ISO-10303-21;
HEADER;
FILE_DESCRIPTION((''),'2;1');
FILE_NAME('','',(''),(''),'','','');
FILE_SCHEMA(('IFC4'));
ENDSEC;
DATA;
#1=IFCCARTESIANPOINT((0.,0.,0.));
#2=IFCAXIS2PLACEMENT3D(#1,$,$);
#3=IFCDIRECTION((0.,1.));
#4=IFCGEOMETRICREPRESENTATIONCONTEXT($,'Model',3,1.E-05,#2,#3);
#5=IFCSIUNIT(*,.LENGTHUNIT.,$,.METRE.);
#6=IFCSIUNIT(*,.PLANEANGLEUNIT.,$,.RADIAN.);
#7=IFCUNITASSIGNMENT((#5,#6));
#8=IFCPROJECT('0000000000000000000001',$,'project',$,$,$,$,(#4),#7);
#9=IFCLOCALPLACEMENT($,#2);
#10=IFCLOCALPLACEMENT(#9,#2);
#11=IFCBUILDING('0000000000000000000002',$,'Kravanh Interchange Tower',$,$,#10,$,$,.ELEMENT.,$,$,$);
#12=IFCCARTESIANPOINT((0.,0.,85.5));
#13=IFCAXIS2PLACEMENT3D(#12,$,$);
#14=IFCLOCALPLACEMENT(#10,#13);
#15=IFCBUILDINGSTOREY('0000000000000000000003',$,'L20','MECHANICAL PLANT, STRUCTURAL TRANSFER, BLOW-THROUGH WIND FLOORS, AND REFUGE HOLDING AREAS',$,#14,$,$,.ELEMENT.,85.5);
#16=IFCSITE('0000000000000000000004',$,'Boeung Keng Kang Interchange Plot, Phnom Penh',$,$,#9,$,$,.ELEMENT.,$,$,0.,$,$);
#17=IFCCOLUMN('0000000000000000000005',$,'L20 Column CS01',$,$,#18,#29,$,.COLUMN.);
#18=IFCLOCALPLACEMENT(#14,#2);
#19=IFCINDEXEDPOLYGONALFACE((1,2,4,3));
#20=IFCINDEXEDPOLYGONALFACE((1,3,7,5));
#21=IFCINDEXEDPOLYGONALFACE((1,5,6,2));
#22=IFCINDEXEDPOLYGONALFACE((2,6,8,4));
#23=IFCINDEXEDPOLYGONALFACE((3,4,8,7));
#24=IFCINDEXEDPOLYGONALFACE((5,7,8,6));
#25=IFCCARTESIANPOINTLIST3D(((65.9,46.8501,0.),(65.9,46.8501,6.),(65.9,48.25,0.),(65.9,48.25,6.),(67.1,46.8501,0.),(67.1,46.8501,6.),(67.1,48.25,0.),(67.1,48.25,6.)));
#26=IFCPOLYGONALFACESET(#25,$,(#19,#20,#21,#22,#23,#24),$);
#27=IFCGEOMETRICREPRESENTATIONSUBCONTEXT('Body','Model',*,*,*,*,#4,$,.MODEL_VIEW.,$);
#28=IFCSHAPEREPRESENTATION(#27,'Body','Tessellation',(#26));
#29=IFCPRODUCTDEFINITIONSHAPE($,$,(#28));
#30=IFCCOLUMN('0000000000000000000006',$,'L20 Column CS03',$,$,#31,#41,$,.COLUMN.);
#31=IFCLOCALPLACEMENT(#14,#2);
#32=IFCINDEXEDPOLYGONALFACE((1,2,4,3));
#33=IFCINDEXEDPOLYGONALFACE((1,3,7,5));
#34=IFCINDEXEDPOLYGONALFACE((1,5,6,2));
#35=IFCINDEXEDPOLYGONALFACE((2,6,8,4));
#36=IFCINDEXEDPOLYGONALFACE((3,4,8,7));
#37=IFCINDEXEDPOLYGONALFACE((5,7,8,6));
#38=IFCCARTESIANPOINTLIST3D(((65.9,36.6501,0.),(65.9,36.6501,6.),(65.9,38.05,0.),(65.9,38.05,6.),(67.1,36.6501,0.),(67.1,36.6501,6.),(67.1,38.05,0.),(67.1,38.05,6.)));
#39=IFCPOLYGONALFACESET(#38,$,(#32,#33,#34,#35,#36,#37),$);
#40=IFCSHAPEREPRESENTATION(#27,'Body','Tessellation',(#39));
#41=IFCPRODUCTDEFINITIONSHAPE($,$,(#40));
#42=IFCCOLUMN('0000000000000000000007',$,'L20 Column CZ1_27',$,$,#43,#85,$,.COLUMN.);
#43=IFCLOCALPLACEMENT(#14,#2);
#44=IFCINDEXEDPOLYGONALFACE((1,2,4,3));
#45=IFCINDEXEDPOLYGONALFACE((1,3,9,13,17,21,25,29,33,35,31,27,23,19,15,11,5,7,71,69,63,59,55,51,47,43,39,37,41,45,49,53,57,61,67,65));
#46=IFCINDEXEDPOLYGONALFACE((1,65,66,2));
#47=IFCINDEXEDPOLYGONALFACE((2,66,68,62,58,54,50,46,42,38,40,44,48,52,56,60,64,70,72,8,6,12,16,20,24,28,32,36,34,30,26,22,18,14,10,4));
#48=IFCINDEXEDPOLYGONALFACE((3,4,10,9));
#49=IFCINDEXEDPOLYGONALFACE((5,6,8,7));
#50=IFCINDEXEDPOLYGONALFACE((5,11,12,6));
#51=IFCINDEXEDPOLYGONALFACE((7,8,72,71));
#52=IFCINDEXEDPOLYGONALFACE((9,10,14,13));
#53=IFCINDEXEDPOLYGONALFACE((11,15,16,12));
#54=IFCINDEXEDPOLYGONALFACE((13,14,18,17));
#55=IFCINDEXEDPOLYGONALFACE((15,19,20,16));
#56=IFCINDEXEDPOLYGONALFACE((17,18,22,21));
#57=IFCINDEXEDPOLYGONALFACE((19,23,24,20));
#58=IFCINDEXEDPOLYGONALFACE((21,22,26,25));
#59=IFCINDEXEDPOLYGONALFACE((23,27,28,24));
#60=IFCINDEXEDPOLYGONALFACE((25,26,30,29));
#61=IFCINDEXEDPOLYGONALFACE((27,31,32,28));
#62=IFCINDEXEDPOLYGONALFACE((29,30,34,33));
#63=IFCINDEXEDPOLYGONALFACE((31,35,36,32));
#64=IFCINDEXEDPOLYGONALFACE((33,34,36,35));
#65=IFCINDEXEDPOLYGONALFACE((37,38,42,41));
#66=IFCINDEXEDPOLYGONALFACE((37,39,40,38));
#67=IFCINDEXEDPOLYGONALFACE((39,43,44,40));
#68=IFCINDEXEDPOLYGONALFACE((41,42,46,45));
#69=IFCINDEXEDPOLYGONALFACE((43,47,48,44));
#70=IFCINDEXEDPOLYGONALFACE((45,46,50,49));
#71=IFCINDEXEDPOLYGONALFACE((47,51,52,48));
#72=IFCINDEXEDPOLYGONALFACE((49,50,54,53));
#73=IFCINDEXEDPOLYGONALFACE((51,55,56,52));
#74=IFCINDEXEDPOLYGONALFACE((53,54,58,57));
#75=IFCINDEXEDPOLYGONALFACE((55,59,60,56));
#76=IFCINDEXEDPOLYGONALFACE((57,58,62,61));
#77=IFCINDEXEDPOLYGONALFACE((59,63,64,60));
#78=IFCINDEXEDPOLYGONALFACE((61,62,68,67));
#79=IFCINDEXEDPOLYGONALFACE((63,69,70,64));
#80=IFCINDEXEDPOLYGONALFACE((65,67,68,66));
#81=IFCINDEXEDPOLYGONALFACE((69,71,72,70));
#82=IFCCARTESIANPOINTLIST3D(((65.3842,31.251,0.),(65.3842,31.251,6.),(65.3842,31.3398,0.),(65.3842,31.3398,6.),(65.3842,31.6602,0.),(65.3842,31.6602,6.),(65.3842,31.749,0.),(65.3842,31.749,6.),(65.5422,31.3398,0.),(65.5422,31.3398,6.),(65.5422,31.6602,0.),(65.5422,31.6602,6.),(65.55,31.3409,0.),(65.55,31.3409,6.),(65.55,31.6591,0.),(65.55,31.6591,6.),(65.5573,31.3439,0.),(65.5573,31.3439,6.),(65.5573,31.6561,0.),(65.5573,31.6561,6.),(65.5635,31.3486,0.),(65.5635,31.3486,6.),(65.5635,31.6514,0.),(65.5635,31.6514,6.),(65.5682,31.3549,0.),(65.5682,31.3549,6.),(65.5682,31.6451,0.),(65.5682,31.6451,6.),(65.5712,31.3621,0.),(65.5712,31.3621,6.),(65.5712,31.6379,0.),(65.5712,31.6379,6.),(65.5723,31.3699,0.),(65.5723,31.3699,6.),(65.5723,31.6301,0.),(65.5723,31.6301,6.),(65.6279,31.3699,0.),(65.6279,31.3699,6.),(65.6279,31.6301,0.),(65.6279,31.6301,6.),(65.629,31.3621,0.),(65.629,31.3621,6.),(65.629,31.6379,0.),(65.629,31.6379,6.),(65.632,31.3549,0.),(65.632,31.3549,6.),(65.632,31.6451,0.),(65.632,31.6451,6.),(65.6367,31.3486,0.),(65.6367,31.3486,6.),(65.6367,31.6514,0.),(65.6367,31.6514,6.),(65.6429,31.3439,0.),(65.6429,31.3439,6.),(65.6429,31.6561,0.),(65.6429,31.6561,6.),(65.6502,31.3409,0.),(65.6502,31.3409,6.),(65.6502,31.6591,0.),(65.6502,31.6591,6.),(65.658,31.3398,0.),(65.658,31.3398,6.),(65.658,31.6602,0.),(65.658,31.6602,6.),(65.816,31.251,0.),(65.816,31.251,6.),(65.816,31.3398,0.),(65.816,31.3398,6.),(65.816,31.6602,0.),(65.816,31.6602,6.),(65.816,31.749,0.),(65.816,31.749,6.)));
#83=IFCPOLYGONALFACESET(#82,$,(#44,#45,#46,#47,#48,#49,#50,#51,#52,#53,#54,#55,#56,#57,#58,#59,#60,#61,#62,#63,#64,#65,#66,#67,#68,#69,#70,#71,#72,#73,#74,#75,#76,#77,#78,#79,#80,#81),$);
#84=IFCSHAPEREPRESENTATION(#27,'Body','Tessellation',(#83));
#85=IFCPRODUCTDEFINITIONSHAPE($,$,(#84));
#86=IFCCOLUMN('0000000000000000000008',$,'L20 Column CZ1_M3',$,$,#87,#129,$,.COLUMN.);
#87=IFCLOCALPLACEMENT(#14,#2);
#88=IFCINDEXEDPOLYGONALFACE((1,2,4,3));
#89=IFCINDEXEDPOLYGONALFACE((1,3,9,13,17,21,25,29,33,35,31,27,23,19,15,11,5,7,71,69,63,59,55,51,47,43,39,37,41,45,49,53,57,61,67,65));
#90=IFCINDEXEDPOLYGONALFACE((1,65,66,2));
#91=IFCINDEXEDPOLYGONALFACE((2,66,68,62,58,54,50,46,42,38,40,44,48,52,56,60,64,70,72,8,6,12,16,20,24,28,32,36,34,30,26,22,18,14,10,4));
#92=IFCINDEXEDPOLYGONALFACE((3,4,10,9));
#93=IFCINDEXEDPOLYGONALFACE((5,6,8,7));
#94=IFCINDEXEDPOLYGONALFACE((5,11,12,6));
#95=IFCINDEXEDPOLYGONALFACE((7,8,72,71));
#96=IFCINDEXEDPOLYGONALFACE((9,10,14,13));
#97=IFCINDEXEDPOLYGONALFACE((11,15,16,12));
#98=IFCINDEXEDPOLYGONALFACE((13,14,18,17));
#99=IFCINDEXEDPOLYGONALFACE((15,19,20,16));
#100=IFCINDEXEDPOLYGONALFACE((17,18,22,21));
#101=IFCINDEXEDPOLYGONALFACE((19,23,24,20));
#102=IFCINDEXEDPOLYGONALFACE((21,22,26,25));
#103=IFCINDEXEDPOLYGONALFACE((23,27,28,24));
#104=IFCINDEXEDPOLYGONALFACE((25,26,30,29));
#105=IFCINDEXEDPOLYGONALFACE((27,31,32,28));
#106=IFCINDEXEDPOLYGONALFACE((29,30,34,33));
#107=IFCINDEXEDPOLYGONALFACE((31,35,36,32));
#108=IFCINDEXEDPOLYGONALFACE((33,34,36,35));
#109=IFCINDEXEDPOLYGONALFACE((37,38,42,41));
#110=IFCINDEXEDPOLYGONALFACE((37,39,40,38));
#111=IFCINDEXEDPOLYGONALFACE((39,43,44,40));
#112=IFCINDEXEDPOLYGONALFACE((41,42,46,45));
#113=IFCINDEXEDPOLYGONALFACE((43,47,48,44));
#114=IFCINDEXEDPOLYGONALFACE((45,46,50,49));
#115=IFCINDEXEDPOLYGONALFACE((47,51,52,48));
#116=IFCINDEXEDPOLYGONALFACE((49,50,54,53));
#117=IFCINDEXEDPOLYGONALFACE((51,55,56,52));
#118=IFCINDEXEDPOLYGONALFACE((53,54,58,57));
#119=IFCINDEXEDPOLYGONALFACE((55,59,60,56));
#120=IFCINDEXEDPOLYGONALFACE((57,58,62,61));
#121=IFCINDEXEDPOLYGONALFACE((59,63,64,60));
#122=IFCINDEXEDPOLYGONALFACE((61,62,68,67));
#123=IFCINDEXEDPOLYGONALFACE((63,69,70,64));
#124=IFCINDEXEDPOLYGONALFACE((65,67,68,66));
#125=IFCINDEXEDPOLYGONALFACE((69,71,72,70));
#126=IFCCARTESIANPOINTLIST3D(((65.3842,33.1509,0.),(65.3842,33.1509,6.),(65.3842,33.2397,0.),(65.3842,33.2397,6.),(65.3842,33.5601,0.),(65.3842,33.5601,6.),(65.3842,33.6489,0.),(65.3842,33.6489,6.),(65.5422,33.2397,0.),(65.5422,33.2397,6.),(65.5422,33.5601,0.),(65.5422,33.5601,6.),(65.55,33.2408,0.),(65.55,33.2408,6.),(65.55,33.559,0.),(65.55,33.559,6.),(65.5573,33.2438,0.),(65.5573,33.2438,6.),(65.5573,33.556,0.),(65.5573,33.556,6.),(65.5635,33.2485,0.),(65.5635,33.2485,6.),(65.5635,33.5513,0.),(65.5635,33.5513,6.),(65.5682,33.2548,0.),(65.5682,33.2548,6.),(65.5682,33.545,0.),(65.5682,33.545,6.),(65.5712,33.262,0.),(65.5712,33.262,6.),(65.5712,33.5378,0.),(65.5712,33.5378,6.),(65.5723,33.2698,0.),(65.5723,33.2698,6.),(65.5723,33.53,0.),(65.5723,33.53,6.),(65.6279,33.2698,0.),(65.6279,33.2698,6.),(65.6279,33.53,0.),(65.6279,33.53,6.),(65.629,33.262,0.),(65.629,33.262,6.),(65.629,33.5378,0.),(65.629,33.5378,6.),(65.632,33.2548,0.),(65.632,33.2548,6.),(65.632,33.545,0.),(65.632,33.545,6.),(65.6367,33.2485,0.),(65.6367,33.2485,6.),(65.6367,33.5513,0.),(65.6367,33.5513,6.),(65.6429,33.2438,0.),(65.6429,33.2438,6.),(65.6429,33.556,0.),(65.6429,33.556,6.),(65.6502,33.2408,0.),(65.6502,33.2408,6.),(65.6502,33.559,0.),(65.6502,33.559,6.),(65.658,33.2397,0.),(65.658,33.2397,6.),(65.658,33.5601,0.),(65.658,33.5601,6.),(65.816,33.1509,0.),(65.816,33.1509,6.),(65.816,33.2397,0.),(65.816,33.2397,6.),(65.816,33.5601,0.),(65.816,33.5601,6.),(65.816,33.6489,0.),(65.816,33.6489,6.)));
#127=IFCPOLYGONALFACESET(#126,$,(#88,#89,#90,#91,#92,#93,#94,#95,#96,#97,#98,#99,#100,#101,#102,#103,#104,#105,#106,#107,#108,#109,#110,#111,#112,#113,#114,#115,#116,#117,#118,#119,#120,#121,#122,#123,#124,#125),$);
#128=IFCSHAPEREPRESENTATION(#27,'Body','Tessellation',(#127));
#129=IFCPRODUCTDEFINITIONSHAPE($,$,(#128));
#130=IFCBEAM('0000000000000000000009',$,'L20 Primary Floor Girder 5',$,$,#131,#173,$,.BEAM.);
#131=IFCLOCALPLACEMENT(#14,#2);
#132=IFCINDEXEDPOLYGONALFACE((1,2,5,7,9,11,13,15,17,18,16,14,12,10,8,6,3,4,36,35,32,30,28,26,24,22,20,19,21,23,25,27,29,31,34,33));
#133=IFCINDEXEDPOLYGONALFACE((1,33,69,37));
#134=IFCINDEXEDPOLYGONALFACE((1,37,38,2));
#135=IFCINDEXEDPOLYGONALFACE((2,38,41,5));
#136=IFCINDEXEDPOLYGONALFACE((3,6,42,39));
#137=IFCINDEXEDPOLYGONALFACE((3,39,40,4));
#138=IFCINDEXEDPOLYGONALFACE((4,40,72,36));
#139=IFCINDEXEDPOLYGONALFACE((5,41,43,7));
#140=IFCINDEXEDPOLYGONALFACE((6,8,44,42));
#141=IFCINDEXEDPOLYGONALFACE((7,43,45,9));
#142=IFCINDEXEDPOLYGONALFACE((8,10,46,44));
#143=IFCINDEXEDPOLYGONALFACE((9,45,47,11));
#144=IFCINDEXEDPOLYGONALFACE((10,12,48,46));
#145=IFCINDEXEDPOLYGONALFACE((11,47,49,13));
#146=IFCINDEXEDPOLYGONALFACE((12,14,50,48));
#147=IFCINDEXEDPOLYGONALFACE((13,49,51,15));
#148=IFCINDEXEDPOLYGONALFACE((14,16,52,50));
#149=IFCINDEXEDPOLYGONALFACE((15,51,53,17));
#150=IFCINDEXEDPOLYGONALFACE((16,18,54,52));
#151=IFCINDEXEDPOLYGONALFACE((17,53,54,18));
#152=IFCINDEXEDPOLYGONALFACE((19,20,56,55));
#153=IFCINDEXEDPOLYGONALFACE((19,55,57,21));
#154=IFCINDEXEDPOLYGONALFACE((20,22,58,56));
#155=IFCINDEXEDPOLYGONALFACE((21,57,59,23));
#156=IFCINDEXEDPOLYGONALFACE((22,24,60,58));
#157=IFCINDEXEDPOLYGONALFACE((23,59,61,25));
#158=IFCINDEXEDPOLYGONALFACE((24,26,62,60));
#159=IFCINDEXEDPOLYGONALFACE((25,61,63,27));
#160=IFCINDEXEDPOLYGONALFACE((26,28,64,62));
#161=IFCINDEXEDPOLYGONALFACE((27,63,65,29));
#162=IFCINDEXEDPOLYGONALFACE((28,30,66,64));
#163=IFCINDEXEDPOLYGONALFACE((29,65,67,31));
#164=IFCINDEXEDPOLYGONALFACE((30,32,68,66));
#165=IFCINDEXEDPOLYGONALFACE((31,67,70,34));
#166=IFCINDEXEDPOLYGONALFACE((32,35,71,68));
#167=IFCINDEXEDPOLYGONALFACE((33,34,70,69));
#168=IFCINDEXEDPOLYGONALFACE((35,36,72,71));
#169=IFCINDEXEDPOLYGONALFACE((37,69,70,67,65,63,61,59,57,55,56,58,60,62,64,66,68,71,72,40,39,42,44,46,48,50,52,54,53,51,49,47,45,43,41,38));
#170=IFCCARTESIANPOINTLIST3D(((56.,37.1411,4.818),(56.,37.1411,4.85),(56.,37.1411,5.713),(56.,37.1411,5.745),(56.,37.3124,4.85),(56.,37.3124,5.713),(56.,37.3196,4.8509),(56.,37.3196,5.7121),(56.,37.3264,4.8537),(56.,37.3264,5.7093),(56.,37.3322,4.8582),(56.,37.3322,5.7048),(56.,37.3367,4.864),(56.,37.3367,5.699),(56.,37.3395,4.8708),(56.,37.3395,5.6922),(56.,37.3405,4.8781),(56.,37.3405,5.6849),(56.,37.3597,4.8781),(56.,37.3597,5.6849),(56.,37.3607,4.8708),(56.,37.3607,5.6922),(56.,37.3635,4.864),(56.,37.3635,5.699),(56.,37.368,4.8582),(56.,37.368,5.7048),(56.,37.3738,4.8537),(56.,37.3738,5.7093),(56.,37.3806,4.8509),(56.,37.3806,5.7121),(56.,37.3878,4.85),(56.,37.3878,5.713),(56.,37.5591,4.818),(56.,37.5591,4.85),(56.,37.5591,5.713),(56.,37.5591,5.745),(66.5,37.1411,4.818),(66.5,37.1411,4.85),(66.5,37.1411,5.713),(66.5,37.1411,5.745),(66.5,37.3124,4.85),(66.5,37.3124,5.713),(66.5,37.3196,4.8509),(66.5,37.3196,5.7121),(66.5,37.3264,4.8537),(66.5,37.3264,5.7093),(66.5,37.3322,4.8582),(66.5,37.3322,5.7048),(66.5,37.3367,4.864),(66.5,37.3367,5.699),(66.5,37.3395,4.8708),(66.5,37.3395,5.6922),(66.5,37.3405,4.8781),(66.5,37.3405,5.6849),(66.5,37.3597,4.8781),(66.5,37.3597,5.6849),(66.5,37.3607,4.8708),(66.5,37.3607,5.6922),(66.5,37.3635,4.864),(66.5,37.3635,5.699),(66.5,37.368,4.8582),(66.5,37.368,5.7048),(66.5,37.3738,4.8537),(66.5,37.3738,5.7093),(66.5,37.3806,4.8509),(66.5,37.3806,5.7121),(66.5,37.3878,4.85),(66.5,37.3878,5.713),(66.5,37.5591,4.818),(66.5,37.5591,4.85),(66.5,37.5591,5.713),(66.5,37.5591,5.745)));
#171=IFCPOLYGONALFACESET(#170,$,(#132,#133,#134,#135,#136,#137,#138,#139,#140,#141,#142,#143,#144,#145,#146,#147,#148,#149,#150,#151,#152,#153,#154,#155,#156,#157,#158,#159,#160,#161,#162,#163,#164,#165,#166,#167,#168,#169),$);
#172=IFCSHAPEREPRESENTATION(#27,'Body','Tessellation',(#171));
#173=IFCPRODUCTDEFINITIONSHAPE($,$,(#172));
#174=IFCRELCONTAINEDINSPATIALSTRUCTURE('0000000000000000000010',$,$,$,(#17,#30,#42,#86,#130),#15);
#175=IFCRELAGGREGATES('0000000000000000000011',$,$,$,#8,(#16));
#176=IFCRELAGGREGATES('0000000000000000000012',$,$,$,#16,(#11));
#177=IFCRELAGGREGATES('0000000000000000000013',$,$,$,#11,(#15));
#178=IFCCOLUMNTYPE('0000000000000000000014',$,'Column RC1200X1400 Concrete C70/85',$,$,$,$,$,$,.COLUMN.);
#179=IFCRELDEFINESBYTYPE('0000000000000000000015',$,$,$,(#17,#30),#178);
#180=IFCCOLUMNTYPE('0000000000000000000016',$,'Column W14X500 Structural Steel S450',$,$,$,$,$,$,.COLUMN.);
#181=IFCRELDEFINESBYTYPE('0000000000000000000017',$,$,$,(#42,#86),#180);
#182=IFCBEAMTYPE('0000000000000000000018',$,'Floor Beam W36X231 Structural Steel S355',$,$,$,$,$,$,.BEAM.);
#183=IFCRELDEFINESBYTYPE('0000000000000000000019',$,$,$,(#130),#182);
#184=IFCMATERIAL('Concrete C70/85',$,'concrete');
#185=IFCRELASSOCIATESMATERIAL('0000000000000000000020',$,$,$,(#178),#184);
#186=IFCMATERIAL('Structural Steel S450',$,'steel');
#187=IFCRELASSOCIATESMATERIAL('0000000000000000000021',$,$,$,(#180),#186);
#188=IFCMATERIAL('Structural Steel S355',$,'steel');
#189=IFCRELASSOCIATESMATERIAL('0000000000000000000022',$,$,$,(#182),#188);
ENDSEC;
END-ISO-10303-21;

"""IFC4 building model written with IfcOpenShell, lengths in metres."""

from ifc_helpers import new_model, si_unit, direction, frame, origin, origin_2d, place, context, subcontext, project, spatial, rectangle, i_section, extrude, material, material_profile, profile_set, type_object, element, save


model = new_model("IFC4")

# Units and contexts
model_context = context("Model", 3, precision=1e-05, world=origin(), true_north=direction((0.0, 1.0)))
body_context = subcontext(model_context, "Body", "Model", "MODEL_VIEW")
ifc_project = project(units=[si_unit("LENGTHUNIT", "METRE"), si_unit("PLANEANGLEUNIT", "RADIAN")], contexts=[model_context])

# Site, building, storey
site_placement = place(None, origin())
site = spatial("IfcSite", under=ifc_project, at=site_placement, Name="Boeung Keng Kang Interchange Plot, Phnom Penh", CompositionType="ELEMENT", RefElevation=0.0)
building_placement = place(site_placement, origin())
building = spatial("IfcBuilding", under=site, at=building_placement, Name="Kravanh Interchange Tower", CompositionType="ELEMENT")
storey_placement = place(building_placement, frame((0.0, 0.0, 85.5)))
storey = spatial("IfcBuildingStorey", under=building, at=storey_placement, Name="L20", Description="MECHANICAL PLANT, STRUCTURAL TRANSFER, BLOW-THROUGH WIND FLOORS, AND REFUGE HOLDING AREAS", CompositionType="ELEMENT", Elevation=85.5)

# Columns
ifc_material_1 = material(Name="Concrete C70/85", Category="concrete")
ifc_material_profile_1 = material_profile(ifc_material_1, rectangle(XDim=1.2, YDim=1.3999, at=origin_2d()), Name="RC1200X1400")
ifc_profile_set_1 = profile_set([ifc_material_profile_1], Name="Concrete C70/85")
column_type_1 = type_object("IfcColumnType", Name="Column RC1200X1400 Concrete C70/85", PredefinedType="COLUMN", material=ifc_profile_set_1)
for number, where, z_axis, x_axis, name in (
    (1, (66.5, 47.55, 0.0), (0.0, 0.0, 1.0), (1.0, 0.0, 0.0), "L20 Column CS01"),
    (2, (66.5, 37.3501, 0.0), (0.0, 0.0, 1.0), (1.0, 0.0, 0.0), "L20 Column CS03"),
):
    element("IfcColumn", number, at=place(storey_placement, frame(where, z_axis=z_axis, x_axis=x_axis)), inside=storey, type_object=column_type_1, Name=name, PredefinedType="COLUMN", context=body_context, shape_type="SweptSolid", body=[
        extrude(rectangle(XDim=1.2, YDim=1.3999, at=origin_2d()), origin(), (0.0, 0.0, 1.0), 6.0),
    ])
ifc_material_2 = material(Name="Structural Steel S450", Category="steel")
ifc_material_profile_2 = material_profile(ifc_material_2, i_section(OverallWidth=0.4319, OverallDepth=0.498, WebThickness=0.0557, FlangeThickness=0.0889, FilletRadius=0.03, at=origin_2d()), Name="W14X500")
ifc_profile_set_2 = profile_set([ifc_material_profile_2], Name="Structural Steel S450")
column_type_2 = type_object("IfcColumnType", Name="Column W14X500 Structural Steel S450", PredefinedType="COLUMN", material=ifc_profile_set_2)
for number, where, z_axis, x_axis, name in (
    (3, (65.6001, 31.5, 0.0), (0.0, 0.0, 1.0), (1.0, 0.0, 0.0), "L20 Column CZ1_27"),
    (4, (65.6001, 33.3999, 0.0), (0.0, 0.0, 1.0), (1.0, 0.0, 0.0), "L20 Column CZ1_M3"),
):
    element("IfcColumn", number, at=place(storey_placement, frame(where, z_axis=z_axis, x_axis=x_axis)), inside=storey, type_object=column_type_2, Name=name, PredefinedType="COLUMN", context=body_context, shape_type="SweptSolid", body=[
        extrude(i_section(OverallWidth=0.4319, OverallDepth=0.498, WebThickness=0.0557, FlangeThickness=0.0889, FilletRadius=0.03, at=origin_2d()), origin(), (0.0, 0.0, 1.0), 6.0),
    ])

# Beam
ifc_material_3 = material(Name="Structural Steel S355", Category="steel")
ifc_material_profile_3 = material_profile(ifc_material_3, i_section(OverallWidth=0.418, OverallDepth=0.927, WebThickness=0.0193, FlangeThickness=0.032, FilletRadius=0.0281, at=origin_2d()), Name="W36X231")
ifc_profile_set_3 = profile_set([ifc_material_profile_3], Name="Structural Steel S355")
beam_type = type_object("IfcBeamType", Name="Floor Beam W36X231 Structural Steel S355", PredefinedType="BEAM", material=ifc_profile_set_3)
beam_placement = place(storey_placement, frame((66.5, 37.3501, 5.2815), z_axis=(-1.0, 0.0, 0.0), x_axis=(0.0, -1.0, 0.0)))
element("IfcBeam", 5, at=beam_placement, inside=storey, type_object=beam_type, Name="L20 Primary Floor Girder 5", PredefinedType="BEAM", context=body_context, shape_type="SweptSolid", body=[
    extrude(i_section(OverallWidth=0.418, OverallDepth=0.927, WebThickness=0.0193, FlangeThickness=0.032, FilletRadius=0.0281, at=origin_2d()), origin(), (0.0, 0.0, 1.0), 10.5),
])

save(model, "model.ifc")
